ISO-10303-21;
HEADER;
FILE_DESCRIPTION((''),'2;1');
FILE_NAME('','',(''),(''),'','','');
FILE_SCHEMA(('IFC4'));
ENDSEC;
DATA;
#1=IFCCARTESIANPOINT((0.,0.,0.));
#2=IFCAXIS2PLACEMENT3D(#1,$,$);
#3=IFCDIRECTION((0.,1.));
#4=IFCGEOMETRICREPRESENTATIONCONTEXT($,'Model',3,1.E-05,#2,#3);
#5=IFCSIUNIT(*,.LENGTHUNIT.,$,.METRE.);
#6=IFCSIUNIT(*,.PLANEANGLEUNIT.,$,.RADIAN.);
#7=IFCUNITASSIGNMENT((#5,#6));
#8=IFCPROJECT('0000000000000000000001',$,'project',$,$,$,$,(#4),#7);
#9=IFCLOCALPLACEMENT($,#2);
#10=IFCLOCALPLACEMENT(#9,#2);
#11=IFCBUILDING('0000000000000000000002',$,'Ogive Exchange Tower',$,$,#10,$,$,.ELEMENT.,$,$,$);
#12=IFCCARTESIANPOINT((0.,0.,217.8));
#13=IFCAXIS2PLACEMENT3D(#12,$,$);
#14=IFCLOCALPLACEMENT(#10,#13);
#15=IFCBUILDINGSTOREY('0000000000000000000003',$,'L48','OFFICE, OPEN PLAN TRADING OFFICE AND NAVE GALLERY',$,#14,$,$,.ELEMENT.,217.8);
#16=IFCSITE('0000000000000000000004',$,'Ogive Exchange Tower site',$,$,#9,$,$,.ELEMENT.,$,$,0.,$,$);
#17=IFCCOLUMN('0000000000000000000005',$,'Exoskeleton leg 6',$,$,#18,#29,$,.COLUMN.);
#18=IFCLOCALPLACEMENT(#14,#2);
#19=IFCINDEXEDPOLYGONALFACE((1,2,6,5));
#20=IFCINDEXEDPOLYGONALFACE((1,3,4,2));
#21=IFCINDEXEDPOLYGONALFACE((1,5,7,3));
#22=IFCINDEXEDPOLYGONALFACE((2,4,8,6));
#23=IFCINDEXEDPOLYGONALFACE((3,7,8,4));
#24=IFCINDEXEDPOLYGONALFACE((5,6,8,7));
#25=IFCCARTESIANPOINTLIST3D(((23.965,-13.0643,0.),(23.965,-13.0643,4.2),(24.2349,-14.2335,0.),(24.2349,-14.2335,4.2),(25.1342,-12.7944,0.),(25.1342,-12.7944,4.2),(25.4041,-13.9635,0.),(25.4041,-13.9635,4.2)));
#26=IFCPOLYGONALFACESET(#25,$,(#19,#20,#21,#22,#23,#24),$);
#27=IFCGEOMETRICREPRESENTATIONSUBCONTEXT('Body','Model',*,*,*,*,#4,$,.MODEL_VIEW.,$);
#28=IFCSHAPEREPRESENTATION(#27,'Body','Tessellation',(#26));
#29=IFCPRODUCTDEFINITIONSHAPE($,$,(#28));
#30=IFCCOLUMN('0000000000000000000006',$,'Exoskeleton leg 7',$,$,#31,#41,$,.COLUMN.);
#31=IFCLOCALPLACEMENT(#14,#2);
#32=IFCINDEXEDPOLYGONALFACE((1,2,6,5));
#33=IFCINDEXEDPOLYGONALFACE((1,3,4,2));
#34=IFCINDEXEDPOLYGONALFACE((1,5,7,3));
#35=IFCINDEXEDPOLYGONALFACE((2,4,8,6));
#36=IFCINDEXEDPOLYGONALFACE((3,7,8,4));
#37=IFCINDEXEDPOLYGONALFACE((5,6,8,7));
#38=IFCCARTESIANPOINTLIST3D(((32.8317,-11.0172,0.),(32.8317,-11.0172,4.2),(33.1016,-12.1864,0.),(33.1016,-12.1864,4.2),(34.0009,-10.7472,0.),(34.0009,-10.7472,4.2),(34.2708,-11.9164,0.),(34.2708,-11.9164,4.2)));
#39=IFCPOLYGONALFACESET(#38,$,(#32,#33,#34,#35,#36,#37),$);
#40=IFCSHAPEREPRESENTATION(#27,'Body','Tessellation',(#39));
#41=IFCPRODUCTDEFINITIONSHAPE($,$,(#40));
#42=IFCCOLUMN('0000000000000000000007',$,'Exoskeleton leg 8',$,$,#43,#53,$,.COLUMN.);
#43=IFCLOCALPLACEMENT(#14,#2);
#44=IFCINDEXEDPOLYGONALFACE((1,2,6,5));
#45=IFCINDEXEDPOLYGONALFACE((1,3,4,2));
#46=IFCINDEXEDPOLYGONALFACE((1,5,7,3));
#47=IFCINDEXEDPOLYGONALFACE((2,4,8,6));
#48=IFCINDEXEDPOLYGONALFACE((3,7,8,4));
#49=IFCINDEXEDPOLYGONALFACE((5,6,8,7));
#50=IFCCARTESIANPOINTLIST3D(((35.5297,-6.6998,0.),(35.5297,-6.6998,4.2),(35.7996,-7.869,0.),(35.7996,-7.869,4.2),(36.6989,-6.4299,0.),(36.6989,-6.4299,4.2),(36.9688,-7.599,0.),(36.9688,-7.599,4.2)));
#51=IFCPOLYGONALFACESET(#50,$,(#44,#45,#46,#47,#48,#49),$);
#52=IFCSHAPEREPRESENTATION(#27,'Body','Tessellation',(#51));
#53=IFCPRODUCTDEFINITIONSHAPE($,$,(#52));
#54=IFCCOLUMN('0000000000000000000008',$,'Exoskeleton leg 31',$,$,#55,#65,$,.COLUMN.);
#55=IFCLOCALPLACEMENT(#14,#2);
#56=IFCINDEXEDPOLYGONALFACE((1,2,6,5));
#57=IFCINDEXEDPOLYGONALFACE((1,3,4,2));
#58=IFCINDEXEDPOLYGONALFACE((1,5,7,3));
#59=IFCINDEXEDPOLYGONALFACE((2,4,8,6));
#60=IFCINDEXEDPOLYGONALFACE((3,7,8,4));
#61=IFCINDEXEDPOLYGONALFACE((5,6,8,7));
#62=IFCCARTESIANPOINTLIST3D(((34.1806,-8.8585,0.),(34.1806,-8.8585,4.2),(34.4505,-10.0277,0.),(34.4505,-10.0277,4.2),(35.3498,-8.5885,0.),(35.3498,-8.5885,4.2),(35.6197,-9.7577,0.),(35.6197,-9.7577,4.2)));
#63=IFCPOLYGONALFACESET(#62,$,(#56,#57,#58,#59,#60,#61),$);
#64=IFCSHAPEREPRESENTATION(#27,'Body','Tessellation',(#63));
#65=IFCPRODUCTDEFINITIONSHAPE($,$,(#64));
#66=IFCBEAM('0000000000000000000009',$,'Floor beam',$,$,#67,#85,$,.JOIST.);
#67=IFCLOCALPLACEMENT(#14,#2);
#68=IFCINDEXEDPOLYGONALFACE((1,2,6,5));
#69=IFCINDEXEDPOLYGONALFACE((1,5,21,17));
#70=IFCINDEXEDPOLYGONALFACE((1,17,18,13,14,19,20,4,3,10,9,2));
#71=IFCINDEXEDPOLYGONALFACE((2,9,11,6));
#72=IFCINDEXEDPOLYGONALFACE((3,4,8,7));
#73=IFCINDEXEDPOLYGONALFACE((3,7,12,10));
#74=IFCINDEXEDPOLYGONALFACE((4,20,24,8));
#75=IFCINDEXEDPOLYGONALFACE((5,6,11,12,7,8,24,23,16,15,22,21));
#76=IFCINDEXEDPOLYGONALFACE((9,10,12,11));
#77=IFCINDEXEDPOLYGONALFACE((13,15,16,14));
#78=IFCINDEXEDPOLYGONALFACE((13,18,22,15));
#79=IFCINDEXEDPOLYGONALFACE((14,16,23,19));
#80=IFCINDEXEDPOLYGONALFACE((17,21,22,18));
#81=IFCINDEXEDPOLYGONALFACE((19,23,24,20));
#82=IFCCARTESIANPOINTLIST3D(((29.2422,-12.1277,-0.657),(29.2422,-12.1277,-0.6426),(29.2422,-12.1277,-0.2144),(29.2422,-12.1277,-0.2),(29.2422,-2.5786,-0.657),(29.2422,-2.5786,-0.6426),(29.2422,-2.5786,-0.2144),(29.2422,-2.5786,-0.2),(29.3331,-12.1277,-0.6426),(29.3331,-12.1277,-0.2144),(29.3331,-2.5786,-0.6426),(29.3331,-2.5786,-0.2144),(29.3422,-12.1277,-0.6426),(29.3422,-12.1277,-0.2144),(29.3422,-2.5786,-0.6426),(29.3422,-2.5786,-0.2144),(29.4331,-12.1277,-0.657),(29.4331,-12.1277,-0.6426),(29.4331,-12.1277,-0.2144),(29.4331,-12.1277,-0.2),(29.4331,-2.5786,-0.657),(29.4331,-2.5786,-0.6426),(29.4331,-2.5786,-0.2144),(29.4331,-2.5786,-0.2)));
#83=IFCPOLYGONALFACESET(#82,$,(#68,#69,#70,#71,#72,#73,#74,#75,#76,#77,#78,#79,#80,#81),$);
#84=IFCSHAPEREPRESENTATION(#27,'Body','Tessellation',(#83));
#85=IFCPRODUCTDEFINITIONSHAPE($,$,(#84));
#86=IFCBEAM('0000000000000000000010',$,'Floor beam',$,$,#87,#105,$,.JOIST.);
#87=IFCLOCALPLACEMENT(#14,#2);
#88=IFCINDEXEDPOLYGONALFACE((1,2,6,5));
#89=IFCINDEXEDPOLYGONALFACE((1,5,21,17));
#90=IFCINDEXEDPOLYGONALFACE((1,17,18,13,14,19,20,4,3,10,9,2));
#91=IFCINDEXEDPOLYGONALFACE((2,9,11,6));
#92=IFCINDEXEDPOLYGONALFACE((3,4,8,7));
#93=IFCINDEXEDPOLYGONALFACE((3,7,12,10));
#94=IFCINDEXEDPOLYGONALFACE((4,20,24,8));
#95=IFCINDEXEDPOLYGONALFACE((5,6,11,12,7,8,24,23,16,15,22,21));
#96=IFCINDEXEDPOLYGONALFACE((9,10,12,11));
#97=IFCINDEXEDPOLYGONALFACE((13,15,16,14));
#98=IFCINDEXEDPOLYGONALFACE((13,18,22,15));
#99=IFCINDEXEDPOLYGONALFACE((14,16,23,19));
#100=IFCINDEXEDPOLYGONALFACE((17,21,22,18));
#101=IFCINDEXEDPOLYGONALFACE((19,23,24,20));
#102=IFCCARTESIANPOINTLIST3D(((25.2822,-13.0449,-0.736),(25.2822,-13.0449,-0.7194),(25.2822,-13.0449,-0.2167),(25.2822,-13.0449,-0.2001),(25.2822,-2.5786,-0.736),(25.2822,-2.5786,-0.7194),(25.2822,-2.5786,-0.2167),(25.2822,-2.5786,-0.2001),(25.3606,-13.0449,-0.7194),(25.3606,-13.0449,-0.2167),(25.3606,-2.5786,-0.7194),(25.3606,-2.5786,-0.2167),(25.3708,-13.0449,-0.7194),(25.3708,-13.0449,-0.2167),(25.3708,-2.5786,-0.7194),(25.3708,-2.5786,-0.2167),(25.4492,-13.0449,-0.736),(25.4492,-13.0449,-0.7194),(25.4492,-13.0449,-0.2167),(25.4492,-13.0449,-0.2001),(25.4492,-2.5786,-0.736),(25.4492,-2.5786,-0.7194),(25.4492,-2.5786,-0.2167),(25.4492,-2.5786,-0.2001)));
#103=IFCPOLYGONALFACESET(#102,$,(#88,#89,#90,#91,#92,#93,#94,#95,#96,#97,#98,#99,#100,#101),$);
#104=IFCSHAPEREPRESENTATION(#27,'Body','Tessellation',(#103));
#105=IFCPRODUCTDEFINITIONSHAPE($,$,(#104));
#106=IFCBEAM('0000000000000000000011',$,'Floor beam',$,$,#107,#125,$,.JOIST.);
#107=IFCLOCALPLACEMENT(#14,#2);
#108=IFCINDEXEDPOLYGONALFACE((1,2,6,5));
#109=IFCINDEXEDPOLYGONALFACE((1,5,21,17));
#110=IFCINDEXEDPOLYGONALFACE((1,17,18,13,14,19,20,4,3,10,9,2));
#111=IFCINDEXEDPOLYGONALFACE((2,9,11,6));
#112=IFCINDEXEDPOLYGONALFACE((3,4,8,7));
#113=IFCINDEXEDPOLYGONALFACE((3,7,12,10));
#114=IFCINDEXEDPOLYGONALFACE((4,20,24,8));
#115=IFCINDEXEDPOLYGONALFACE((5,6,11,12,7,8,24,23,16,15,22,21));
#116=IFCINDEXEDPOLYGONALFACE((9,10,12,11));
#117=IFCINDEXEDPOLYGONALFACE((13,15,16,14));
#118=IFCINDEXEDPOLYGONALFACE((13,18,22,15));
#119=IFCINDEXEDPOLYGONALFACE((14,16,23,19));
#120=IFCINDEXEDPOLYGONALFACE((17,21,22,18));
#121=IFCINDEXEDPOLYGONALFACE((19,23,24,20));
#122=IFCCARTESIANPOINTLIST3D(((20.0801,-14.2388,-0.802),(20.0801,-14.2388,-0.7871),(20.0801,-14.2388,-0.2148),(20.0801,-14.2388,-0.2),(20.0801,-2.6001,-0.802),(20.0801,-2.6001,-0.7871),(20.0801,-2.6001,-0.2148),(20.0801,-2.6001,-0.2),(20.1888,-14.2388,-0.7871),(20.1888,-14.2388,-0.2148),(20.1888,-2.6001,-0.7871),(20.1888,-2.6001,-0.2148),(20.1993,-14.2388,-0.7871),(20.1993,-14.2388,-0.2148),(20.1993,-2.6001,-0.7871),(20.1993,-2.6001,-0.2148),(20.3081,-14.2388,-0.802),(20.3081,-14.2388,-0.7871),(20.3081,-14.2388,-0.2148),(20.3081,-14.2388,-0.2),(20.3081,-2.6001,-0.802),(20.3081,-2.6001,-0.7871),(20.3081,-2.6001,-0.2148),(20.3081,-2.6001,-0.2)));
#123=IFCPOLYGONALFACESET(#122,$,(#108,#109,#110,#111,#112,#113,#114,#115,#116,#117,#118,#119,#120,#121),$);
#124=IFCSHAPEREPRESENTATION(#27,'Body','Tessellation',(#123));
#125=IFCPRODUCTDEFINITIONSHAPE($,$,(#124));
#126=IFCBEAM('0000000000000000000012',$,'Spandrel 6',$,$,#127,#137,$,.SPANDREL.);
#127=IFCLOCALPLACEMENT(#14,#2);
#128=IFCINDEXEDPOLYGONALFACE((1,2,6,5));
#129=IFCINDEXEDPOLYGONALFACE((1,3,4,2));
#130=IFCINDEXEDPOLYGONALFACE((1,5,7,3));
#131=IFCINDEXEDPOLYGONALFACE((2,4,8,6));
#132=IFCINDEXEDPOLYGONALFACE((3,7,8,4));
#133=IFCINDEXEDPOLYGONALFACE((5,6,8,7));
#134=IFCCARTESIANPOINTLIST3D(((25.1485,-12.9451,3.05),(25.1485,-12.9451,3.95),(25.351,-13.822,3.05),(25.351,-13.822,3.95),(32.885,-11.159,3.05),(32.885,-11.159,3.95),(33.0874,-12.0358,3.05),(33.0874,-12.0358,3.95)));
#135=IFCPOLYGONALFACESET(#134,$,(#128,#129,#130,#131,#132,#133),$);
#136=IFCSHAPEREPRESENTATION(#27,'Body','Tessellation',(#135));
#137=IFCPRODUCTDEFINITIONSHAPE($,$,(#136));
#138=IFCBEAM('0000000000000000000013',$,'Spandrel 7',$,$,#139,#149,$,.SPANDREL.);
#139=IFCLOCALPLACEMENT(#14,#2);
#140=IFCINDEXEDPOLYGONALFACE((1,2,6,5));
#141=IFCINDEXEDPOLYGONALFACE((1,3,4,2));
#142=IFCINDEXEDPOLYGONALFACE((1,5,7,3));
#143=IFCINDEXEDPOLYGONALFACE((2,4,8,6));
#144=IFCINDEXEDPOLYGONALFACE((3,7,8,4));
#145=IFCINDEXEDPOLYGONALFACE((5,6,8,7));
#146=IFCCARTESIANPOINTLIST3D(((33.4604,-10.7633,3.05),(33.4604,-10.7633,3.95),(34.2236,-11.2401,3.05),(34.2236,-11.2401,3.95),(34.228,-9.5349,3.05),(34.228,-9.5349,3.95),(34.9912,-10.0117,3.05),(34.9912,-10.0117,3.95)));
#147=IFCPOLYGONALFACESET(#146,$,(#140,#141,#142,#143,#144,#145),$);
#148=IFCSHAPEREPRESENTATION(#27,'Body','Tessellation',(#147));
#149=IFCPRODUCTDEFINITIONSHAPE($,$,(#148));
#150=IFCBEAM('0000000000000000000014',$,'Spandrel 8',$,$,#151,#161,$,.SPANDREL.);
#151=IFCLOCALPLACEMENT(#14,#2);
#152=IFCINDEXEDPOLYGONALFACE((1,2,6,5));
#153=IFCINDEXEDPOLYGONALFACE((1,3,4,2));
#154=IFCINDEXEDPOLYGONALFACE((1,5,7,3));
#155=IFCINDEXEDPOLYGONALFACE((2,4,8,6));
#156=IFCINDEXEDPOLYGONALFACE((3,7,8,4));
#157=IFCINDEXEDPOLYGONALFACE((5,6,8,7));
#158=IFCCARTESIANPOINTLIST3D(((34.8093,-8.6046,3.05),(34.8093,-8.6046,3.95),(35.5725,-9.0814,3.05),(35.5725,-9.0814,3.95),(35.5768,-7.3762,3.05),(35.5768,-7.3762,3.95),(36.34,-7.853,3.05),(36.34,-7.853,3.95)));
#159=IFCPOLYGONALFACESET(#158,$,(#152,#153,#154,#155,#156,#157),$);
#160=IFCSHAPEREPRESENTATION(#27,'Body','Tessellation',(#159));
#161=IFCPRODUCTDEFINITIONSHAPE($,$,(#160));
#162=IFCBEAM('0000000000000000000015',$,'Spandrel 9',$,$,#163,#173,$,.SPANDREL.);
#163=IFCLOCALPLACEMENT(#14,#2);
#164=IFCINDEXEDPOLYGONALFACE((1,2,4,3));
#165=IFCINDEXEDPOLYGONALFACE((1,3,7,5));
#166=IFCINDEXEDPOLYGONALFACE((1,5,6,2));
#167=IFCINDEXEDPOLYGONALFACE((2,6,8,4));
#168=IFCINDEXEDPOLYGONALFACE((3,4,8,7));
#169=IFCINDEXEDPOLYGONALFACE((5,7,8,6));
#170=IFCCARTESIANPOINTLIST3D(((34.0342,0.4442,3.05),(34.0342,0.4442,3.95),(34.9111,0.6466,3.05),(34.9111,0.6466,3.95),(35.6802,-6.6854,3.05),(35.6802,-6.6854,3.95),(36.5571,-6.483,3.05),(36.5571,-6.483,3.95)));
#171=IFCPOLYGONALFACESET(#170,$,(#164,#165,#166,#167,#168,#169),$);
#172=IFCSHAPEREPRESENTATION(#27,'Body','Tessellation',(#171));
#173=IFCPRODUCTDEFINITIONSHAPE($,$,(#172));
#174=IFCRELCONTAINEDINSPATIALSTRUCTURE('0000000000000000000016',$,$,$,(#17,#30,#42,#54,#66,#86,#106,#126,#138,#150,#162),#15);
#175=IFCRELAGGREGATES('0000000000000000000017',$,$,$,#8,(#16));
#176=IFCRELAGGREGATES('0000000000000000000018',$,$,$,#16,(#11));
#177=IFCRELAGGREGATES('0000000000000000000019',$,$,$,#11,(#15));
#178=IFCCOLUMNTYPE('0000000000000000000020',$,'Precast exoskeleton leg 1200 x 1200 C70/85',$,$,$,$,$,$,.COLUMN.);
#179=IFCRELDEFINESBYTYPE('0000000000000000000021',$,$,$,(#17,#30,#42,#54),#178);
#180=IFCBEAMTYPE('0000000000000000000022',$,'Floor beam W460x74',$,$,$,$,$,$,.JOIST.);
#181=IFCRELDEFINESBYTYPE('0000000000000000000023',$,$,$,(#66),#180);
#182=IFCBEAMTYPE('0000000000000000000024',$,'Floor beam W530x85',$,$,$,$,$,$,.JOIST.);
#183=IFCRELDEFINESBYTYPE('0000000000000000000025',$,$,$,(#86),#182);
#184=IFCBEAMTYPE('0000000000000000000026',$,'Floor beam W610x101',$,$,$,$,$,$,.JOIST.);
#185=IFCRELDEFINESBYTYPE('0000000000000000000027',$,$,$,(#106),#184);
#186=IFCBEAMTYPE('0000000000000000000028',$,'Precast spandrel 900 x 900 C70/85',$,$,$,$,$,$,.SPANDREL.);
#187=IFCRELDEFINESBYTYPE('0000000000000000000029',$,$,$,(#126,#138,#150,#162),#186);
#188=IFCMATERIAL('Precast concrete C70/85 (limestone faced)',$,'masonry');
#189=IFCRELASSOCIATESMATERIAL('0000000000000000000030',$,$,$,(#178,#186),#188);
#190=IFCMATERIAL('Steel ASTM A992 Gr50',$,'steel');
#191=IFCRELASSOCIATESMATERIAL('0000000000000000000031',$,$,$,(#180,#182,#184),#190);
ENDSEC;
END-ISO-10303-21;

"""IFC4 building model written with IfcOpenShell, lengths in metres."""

from ifc_helpers import new_model, si_unit, direction, frame, origin, origin_2d, place, context, subcontext, project, spatial, rectangle, i_section, extrude, material, material_profile, profile_set, type_object, element, save


model = new_model("IFC4")

# Units and contexts
model_context = context("Model", 3, precision=1e-05, world=origin(), true_north=direction((0.0, 1.0)))
body_context = subcontext(model_context, "Body", "Model", "MODEL_VIEW")
ifc_project = project(units=[si_unit("LENGTHUNIT", "METRE"), si_unit("PLANEANGLEUNIT", "RADIAN")], contexts=[model_context])

# Site, building, storey
site_placement = place(None, origin())
site = spatial("IfcSite", under=ifc_project, at=site_placement, Name="Ogive Exchange Tower site", CompositionType="ELEMENT", RefElevation=0.0)
building_placement = place(site_placement, origin())
building = spatial("IfcBuilding", under=site, at=building_placement, Name="Ogive Exchange Tower", CompositionType="ELEMENT")
storey_placement = place(building_placement, frame((0.0, 0.0, 217.8)))
storey = spatial("IfcBuildingStorey", under=building, at=storey_placement, Name="L48", Description="OFFICE, OPEN PLAN TRADING OFFICE AND NAVE GALLERY", CompositionType="ELEMENT", Elevation=217.8)

# Columns
ifc_material_1 = material(Name="Precast concrete C70/85 (limestone faced)", Category="masonry")
ifc_material_profile_1 = material_profile(ifc_material_1, rectangle(XDim=1.2, YDim=1.2, at=origin_2d()), Name="1200 x 1200")
ifc_profile_set_1 = profile_set([ifc_material_profile_1], Name="Precast concrete C70/85 (limestone faced)")
column_type = type_object("IfcColumnType", Name="Precast exoskeleton leg 1200 x 1200 C70/85", PredefinedType="COLUMN", material=ifc_profile_set_1)
for number, where, z_axis, x_axis, name in (
    (1, (24.6846, -13.5139, 0.0), (0.0, 0.0, 1.0), (0.97437, 0.224951, 0.0), "Exoskeleton leg 6"),
    (2, (33.5513, -11.4668, 0.0), (0.0, 0.0, 1.0), (0.97437, 0.224951, 0.0), "Exoskeleton leg 7"),
    (3, (36.2493, -7.1494, 0.0), (0.0, 0.0, 1.0), (0.97437, 0.224951, 0.0), "Exoskeleton leg 8"),
    (4, (34.9001, -9.3081, 0.0), (0.0, 0.0, 1.0), (0.97437, 0.224951, 0.0), "Exoskeleton leg 31"),
):
    element("IfcColumn", number, at=place(storey_placement, frame(where, z_axis=z_axis, x_axis=x_axis)), inside=storey, type_object=column_type, Name=name, PredefinedType="COLUMN", context=body_context, shape_type="SweptSolid", body=[
        extrude(rectangle(XDim=1.2, YDim=1.2, at=origin_2d()), origin(), (0.0, 0.0, 1.0), 4.2),
    ])

# Beams
ifc_material_2 = material(Name="Steel ASTM A992 Gr50", Category="steel")
ifc_material_profile_2 = material_profile(ifc_material_2, i_section(OverallWidth=0.1909, OverallDepth=0.457, WebThickness=0.009, FlangeThickness=0.0144, at=origin_2d()), Name="W460x74")
ifc_profile_set_2 = profile_set([ifc_material_profile_2], Name="Steel ASTM A992 Gr50")
beam_type_1 = type_object("IfcBeamType", Name="Floor beam W460x74", PredefinedType="JOIST", material=ifc_profile_set_2)
beam_1_placement = place(storey_placement, frame((29.3376, -12.1277, -0.4285), z_axis=(0.0, 1.0, 0.0), x_axis=(-1.0, 0.0, 0.0)))
element("IfcBeam", 5, at=beam_1_placement, inside=storey, type_object=beam_type_1, Name="Floor beam", PredefinedType="JOIST", context=body_context, shape_type="SweptSolid", body=[
    extrude(i_section(OverallWidth=0.1909, OverallDepth=0.457, WebThickness=0.009, FlangeThickness=0.0144, at=origin_2d()), origin(), (0.0, 0.0, 1.0), 9.5491),
])
ifc_material_profile_3 = material_profile(ifc_material_2, i_section(OverallWidth=0.167, OverallDepth=0.5359, WebThickness=0.0103, FlangeThickness=0.0166, at=origin_2d()), Name="W530x85")
ifc_profile_set_3 = profile_set([ifc_material_profile_3], Name="Steel ASTM A992 Gr50")
beam_type_2 = type_object("IfcBeamType", Name="Floor beam W530x85", PredefinedType="JOIST", material=ifc_profile_set_3)
beam_2_placement = place(storey_placement, frame((25.3657, -13.0449, -0.468), z_axis=(0.0, 1.0, 0.0), x_axis=(-1.0, 0.0, 0.0)))
element("IfcBeam", 6, at=beam_2_placement, inside=storey, type_object=beam_type_2, Name="Floor beam", PredefinedType="JOIST", context=body_context, shape_type="SweptSolid", body=[
    extrude(i_section(OverallWidth=0.167, OverallDepth=0.5359, WebThickness=0.0103, FlangeThickness=0.0166, at=origin_2d()), origin(), (0.0, 0.0, 1.0), 10.4663),
])
ifc_material_profile_4 = material_profile(ifc_material_2, i_section(OverallWidth=0.228, OverallDepth=0.6021, WebThickness=0.0105, FlangeThickness=0.0149, at=origin_2d()), Name="W610x101")
ifc_profile_set_4 = profile_set([ifc_material_profile_4], Name="Steel ASTM A992 Gr50")
beam_type_3 = type_object("IfcBeamType", Name="Floor beam W610x101", PredefinedType="JOIST", material=ifc_profile_set_4)
beam_3_placement = place(storey_placement, frame((20.1941, -14.2388, -0.501), z_axis=(0.0, 1.0, 0.0), x_axis=(-1.0, 0.0, 0.0)))
element("IfcBeam", 7, at=beam_3_placement, inside=storey, type_object=beam_type_3, Name="Floor beam", PredefinedType="JOIST", context=body_context, shape_type="SweptSolid", body=[
    extrude(i_section(OverallWidth=0.228, OverallDepth=0.6021, WebThickness=0.0105, FlangeThickness=0.0149, at=origin_2d()), origin(), (0.0, 0.0, 1.0), 11.6387),
])
ifc_material_profile_5 = material_profile(ifc_material_1, rectangle(XDim=0.8999, YDim=0.8999, at=origin_2d()), Name="900 x 900")
ifc_profile_set_5 = profile_set([ifc_material_profile_5], Name="Precast concrete C70/85 (limestone faced)")
beam_type_4 = type_object("IfcBeamType", Name="Precast spandrel 900 x 900 C70/85", PredefinedType="SPANDREL", material=ifc_profile_set_5)
beam_4_placement = place(storey_placement, frame((25.2498, -13.3835, 3.5), z_axis=(0.974368, 0.224958, 0.0), x_axis=(-0.224958, 0.974368, 0.0)))
element("IfcBeam", 8, at=beam_4_placement, inside=storey, type_object=beam_type_4, Name="Spandrel 6", PredefinedType="SPANDREL", context=body_context, shape_type="SweptSolid", body=[
    extrude(rectangle(XDim=0.8999, YDim=0.8999, at=origin_2d()), origin(), (0.0, 0.0, 1.0), 7.9399),
])
for number, where, z_axis, x_axis, name in (
    (9, (33.842, -11.0017, 3.5), (0.529878, 0.848074, 0.0), (-0.848074, 0.529878, 0.0), "Spandrel 7"),
    (10, (35.1909, -8.843, 3.5), (0.529878, 0.848074, 0.0), (-0.848074, 0.529878, 0.0), "Spandrel 8"),
):
    element("IfcBeam", number, at=place(storey_placement, frame(where, z_axis=z_axis, x_axis=x_axis)), inside=storey, type_object=beam_type_4, Name=name, PredefinedType="SPANDREL", context=body_context, shape_type="SweptSolid", body=[
        extrude(rectangle(XDim=0.8999, YDim=0.8999, at=origin_2d()), origin(), (0.0, 0.0, 1.0), 1.4485),
    ])
beam_5_placement = place(storey_placement, frame((36.1187, -6.5842, 3.5), z_axis=(-0.22495, 0.97437, 0.0), x_axis=(-0.97437, -0.22495, 0.0)))
element("IfcBeam", 11, at=beam_5_placement, inside=storey, type_object=beam_type_4, Name="Spandrel 9", PredefinedType="SPANDREL", context=body_context, shape_type="SweptSolid", body=[
    extrude(rectangle(XDim=0.8999, YDim=0.8999, at=origin_2d()), origin(), (0.0, 0.0, 1.0), 7.3171),
])

save(model, "model.ifc")
